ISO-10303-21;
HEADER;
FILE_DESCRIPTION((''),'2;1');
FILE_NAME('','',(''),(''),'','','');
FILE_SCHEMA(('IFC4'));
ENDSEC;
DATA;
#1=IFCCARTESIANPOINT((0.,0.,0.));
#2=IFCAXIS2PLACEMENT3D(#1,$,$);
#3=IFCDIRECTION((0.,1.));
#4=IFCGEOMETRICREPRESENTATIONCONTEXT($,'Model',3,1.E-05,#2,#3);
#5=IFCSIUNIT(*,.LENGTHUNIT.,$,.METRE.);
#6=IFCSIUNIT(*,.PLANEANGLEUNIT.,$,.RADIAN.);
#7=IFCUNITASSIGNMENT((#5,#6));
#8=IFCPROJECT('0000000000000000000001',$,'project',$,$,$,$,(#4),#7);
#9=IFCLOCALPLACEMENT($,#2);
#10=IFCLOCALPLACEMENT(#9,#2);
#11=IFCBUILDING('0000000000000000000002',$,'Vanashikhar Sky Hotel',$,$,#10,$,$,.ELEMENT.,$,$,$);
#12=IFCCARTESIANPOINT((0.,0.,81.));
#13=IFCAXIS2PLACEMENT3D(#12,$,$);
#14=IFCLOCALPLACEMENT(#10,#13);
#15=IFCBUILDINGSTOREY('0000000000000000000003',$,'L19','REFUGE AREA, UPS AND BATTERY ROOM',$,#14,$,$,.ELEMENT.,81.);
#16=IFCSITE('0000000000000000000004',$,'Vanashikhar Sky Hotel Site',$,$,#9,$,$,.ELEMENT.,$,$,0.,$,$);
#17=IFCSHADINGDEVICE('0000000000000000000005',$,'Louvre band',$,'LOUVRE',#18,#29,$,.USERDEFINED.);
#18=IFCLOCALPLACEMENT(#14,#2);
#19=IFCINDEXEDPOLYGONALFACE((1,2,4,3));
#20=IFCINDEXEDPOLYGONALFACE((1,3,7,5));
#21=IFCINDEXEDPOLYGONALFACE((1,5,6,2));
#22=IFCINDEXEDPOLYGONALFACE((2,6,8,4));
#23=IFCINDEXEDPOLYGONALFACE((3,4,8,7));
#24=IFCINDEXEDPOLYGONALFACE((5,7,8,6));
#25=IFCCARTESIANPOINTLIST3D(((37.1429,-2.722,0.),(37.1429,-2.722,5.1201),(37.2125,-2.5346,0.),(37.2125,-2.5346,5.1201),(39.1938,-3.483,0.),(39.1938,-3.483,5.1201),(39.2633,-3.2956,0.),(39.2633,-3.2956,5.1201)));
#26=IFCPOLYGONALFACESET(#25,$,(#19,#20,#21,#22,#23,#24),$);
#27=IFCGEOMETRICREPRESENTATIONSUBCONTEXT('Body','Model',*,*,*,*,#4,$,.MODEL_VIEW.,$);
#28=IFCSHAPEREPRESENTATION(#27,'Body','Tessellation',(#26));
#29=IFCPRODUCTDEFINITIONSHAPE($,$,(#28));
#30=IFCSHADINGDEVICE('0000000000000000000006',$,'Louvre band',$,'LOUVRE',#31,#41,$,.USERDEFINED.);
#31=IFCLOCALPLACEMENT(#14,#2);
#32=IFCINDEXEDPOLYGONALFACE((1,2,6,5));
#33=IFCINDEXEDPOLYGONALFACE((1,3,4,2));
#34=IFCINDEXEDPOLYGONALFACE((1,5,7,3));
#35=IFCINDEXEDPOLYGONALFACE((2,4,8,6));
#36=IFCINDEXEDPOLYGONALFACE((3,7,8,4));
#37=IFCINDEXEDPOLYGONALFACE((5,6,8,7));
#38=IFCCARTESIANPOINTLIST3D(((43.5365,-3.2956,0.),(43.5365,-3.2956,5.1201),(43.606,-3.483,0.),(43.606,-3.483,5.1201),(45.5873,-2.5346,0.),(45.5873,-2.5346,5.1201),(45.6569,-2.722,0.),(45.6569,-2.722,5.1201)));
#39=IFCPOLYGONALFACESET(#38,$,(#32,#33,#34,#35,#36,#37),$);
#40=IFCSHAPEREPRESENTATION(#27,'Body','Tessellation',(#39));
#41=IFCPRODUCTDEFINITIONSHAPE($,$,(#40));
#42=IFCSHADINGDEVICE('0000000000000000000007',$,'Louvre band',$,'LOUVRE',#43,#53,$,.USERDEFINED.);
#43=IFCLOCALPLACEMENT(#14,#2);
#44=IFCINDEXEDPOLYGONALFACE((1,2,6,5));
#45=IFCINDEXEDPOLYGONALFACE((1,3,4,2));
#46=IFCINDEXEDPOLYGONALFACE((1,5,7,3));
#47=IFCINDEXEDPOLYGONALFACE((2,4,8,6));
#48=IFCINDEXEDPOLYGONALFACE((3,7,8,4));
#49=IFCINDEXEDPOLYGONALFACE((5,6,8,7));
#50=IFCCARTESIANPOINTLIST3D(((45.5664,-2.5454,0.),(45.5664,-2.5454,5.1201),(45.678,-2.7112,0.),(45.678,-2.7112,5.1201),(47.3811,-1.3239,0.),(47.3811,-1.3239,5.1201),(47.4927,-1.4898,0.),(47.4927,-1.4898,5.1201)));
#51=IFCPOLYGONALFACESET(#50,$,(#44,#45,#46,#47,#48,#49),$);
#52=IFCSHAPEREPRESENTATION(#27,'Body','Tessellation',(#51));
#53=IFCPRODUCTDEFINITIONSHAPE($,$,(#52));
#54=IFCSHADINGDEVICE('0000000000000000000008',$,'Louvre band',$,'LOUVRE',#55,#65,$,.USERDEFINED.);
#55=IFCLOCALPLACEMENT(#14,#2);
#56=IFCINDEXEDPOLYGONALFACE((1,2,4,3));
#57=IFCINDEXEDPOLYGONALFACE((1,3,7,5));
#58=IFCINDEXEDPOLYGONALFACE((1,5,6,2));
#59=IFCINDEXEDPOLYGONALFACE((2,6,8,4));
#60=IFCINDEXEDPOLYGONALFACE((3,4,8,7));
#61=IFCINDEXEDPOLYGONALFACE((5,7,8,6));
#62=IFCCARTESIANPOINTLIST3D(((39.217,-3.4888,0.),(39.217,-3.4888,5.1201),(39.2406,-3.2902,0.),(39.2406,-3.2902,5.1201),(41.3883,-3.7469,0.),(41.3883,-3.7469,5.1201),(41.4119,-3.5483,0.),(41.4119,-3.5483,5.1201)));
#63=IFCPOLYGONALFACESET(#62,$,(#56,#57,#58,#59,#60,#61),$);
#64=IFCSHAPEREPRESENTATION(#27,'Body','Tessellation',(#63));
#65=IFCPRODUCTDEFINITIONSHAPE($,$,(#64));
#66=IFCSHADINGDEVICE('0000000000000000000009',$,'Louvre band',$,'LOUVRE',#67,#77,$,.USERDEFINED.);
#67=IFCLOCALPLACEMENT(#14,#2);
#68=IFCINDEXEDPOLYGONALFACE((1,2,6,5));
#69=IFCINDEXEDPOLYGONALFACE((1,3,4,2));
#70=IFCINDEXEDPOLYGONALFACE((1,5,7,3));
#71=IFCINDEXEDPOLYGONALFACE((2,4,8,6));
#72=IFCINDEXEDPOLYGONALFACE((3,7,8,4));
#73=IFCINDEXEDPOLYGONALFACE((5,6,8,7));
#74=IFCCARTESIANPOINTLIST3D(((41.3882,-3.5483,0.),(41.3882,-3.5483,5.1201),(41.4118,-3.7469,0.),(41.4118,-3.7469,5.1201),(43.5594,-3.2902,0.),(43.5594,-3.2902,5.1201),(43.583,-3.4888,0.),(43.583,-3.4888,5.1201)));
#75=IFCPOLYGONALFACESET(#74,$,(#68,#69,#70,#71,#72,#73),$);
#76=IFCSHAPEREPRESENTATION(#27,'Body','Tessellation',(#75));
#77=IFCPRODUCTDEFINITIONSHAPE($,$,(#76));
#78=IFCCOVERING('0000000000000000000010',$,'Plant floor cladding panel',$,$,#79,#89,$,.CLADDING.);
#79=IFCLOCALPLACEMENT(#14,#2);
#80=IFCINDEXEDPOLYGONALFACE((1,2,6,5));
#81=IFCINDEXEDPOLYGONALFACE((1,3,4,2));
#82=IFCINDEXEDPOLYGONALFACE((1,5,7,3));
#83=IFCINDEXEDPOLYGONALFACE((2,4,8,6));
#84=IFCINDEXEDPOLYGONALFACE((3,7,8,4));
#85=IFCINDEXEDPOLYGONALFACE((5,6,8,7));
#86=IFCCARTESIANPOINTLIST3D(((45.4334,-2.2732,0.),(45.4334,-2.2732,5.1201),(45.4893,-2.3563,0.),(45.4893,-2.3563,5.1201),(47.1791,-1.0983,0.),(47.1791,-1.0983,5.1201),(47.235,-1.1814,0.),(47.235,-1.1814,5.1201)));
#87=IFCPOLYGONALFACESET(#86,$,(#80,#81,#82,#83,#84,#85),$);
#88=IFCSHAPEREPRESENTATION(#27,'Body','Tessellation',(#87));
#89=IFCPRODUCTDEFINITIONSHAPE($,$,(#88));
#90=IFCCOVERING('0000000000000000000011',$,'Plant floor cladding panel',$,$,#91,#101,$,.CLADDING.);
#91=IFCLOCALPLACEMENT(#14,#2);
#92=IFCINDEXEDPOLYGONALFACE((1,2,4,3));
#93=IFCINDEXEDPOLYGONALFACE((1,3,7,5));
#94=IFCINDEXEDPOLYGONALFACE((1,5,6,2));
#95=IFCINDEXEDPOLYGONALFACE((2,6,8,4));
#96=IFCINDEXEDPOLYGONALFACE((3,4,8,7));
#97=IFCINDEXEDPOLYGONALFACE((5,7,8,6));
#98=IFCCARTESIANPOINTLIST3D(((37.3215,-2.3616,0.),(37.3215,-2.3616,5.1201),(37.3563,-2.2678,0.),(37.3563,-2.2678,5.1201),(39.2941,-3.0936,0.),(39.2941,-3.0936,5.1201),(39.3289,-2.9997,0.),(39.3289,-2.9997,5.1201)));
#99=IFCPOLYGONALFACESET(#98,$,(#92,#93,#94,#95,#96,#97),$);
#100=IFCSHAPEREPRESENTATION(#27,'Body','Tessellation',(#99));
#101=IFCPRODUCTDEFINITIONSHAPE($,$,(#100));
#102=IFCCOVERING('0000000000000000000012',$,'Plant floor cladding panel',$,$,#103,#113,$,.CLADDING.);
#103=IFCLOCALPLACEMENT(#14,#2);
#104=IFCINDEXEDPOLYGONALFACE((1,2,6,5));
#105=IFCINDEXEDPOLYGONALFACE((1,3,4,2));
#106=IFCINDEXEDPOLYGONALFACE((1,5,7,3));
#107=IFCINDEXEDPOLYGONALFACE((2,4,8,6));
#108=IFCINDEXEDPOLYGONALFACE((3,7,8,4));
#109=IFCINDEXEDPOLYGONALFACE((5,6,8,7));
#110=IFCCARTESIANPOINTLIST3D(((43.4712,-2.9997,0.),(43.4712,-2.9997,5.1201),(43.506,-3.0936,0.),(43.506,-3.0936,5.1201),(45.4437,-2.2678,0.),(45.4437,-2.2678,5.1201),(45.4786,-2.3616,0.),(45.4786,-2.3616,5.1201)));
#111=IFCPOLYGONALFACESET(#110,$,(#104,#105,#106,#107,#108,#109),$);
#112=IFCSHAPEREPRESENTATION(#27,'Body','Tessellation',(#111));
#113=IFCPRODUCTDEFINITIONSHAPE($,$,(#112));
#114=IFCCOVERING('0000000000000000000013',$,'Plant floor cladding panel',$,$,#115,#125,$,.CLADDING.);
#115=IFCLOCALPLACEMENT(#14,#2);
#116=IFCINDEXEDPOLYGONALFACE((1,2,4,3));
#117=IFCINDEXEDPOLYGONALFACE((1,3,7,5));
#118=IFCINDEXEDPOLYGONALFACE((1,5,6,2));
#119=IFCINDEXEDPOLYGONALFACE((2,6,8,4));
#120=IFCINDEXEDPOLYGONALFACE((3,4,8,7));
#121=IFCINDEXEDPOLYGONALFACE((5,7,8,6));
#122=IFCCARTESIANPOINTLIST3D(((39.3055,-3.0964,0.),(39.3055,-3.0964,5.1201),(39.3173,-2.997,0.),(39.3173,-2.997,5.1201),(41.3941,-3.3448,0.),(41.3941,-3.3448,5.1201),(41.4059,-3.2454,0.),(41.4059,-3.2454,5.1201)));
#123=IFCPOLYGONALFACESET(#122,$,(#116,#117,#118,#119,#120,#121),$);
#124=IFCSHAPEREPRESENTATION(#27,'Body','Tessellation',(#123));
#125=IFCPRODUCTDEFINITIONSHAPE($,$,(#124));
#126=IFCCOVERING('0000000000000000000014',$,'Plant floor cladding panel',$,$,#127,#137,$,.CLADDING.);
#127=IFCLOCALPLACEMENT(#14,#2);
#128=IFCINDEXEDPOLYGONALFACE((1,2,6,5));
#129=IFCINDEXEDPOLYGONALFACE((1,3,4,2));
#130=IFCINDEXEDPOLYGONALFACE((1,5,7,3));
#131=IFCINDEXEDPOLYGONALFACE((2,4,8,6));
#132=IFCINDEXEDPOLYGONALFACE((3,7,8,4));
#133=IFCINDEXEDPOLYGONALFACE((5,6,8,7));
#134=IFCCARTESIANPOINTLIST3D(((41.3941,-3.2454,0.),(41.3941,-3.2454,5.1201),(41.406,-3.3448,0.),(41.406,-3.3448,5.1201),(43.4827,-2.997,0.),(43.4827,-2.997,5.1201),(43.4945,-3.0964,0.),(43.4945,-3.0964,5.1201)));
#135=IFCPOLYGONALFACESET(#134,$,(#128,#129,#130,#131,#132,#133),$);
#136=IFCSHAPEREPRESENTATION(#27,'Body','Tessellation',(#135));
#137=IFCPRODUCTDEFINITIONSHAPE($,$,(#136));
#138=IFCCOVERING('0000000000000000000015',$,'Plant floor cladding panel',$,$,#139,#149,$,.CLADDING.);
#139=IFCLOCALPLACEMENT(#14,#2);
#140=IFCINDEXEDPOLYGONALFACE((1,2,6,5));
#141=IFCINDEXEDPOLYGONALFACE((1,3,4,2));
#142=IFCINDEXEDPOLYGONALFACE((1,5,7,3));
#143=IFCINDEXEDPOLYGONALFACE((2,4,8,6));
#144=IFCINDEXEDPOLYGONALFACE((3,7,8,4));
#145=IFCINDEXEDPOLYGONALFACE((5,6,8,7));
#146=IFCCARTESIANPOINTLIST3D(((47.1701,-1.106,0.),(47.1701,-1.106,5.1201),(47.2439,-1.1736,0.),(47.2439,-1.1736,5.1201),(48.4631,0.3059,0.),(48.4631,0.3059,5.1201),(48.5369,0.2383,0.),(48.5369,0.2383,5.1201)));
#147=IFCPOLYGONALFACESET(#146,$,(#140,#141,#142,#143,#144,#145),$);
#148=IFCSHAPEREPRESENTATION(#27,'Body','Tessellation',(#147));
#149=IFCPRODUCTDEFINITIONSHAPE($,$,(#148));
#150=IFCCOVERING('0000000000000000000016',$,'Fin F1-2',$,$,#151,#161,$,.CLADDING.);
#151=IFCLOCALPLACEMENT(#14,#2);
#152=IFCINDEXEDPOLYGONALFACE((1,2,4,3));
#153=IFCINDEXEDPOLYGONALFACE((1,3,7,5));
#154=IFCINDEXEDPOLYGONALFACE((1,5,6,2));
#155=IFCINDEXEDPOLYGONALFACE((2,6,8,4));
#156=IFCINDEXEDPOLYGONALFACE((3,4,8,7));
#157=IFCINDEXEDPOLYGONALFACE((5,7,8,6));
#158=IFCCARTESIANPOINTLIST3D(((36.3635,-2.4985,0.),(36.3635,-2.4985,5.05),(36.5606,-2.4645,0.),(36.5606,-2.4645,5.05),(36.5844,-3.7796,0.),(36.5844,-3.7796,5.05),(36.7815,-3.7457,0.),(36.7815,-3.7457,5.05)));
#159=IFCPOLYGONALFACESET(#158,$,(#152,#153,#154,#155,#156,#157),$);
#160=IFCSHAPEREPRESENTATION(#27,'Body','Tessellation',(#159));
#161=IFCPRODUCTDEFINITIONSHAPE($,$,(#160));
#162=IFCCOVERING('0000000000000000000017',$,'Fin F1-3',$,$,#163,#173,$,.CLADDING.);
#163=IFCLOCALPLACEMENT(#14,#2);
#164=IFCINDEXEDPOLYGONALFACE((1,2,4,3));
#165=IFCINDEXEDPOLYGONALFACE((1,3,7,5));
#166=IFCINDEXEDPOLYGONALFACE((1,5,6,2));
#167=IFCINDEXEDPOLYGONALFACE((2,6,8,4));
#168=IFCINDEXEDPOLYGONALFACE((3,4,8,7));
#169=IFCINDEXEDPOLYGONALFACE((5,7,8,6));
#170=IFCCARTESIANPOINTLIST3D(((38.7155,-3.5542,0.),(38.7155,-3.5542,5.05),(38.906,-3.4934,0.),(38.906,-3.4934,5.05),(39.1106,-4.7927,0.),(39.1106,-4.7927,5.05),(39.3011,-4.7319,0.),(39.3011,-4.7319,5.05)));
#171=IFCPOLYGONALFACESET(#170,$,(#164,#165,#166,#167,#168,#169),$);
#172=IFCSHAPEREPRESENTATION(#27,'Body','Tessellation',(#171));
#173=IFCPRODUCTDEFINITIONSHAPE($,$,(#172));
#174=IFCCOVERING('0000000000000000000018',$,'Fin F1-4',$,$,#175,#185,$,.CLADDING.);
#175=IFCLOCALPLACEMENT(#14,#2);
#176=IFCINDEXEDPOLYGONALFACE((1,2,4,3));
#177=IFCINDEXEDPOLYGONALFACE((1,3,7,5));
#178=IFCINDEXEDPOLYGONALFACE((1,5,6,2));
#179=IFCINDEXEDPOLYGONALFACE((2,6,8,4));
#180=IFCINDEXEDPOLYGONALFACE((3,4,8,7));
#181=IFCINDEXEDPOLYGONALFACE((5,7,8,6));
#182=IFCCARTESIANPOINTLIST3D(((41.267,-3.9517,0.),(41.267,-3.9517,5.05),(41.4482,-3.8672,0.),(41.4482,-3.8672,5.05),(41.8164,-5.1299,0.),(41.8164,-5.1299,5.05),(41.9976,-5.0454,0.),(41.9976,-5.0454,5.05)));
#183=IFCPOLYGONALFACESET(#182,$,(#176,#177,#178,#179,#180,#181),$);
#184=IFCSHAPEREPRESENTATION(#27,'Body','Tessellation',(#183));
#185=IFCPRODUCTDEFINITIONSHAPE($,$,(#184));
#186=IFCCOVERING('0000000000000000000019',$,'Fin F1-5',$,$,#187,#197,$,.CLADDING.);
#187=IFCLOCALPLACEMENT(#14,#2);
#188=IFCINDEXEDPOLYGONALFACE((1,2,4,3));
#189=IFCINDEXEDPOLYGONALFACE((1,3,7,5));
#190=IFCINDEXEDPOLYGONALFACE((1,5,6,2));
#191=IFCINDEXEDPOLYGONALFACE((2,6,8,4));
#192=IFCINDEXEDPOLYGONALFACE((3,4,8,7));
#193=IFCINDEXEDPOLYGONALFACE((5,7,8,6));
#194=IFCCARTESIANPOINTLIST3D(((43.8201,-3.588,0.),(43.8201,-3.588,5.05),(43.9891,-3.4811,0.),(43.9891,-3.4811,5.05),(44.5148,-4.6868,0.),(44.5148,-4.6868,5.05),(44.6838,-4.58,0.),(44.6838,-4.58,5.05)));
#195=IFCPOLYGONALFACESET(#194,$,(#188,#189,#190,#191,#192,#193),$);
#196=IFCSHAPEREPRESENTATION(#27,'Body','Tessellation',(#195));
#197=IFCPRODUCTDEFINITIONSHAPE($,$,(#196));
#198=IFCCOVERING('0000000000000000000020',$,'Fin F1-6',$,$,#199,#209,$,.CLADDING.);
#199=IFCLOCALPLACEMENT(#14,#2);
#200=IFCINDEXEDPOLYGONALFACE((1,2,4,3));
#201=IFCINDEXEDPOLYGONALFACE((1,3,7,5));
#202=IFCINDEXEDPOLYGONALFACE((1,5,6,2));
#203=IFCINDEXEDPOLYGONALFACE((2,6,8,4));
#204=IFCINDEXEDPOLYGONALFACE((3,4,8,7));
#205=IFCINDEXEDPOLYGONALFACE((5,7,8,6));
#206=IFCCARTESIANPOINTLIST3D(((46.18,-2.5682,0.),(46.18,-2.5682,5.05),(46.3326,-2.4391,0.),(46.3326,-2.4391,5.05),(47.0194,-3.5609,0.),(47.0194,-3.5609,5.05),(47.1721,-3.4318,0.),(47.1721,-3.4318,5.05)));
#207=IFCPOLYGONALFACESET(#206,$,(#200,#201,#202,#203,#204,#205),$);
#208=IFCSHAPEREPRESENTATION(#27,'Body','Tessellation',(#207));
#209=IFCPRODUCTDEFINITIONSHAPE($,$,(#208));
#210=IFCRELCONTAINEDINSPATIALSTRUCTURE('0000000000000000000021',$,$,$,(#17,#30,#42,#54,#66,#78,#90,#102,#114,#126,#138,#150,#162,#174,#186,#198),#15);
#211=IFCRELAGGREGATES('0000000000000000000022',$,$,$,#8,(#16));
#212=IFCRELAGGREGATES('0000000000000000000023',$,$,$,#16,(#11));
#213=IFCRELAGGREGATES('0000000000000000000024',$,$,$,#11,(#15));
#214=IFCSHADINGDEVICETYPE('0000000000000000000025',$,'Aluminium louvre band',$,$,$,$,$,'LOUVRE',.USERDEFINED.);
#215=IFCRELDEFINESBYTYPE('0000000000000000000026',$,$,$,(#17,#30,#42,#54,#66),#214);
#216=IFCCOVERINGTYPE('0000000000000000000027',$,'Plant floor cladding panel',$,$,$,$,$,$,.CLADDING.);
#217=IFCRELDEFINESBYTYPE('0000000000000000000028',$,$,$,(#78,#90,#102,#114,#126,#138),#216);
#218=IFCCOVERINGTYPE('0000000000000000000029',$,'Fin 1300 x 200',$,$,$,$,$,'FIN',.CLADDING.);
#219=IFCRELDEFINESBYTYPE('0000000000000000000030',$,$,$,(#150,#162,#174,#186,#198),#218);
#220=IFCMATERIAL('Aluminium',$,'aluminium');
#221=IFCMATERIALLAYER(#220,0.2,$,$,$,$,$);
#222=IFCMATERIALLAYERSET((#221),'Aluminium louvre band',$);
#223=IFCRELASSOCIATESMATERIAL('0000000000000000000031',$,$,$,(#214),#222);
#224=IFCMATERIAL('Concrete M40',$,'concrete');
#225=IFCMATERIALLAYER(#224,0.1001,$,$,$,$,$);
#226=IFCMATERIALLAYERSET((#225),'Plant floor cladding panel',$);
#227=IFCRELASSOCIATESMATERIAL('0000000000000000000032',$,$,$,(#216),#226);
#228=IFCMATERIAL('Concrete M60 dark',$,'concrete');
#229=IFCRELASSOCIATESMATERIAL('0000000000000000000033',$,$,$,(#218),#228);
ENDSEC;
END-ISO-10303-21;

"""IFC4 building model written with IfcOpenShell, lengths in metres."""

from ifc_helpers import new_model, si_unit, direction, frame, origin, origin_2d, place, context, subcontext, project, spatial, rectangle, extrude, source, transform, mapped, material, layer, layer_set, material_profile, profile_set, type_object, element, save


model = new_model("IFC4")

# Units and contexts
model_context = context("Model", 3, precision=1e-05, world=origin(), true_north=direction((0.0, 1.0)))
body_context = subcontext(model_context, "Body", "Model", "MODEL_VIEW")
ifc_project = project(units=[si_unit("LENGTHUNIT", "METRE"), si_unit("PLANEANGLEUNIT", "RADIAN")], contexts=[model_context])

# Site, building, storey
site_placement = place(None, origin())
site = spatial("IfcSite", under=ifc_project, at=site_placement, Name="Vanashikhar Sky Hotel Site", CompositionType="ELEMENT", RefElevation=0.0)
building_placement = place(site_placement, origin())
building = spatial("IfcBuilding", under=site, at=building_placement, Name="Vanashikhar Sky Hotel", CompositionType="ELEMENT")
storey_placement = place(building_placement, frame((0.0, 0.0, 81.0)))
storey = spatial("IfcBuildingStorey", under=building, at=storey_placement, Name="L19", Description="REFUGE AREA, UPS AND BATTERY ROOM", CompositionType="ELEMENT", Elevation=81.0)

# Shading devices
ifc_material_1 = material(Name="Aluminium", Category="aluminium")
ifc_layer_1 = layer(ifc_material_1, 0.2)
ifc_layer_set_1 = layer_set([ifc_layer_1], Name="Aluminium louvre band")
shading_device_type = type_object("IfcShadingDeviceType", Name="Aluminium louvre band", ElementType="LOUVRE", PredefinedType="USERDEFINED", material=ifc_layer_set_1)
shared_shape_1 = source(origin(), body_context, "Body", "SweptSolid", [
    extrude(rectangle(XDim=2.1875, YDim=0.2, at=origin_2d()), origin(), (0.0, 0.0, 1.0), 5.1201),
])
for number, where, z_axis, x_axis, name in (
    (1, (38.2031, -3.0088, 0.0), (0.0, 0.0, 1.0), (0.937537, -0.347885, 0.0), "Louvre band"),
    (2, (44.5967, -3.0088, 0.0), (0.0, 0.0, 1.0), (0.937537, 0.347885, 0.0), "Louvre band"),
    (3, (46.5295, -2.0176, 0.0), (0.0, 0.0, 1.0), (0.829584, 0.558382, 0.0), "Louvre band"),
):
    element("IfcShadingDevice", number, at=place(storey_placement, frame(where, z_axis=z_axis, x_axis=x_axis)), inside=storey, type_object=shading_device_type, Name=name, ObjectType="LOUVRE", PredefinedType="USERDEFINED", context=body_context, shape_type="MappedRepresentation", body=[
        mapped(shared_shape_1, transform((0.0, 0.0, 0.0), scale=1.0)),
    ])
shared_shape_2 = source(origin(), body_context, "Body", "SweptSolid", [
    extrude(rectangle(XDim=2.1865, YDim=0.2, at=origin_2d()), origin(), (0.0, 0.0, 1.0), 5.1201),
])
for number, where, z_axis, x_axis, name in (
    (4, (40.3145, -3.5186, 0.0), (0.0, 0.0, 1.0), (0.993009, -0.11804, 0.0), "Louvre band"),
    (5, (42.4856, -3.5186, 0.0), (0.0, 0.0, 1.0), (0.993009, 0.11804, 0.0), "Louvre band"),
):
    element("IfcShadingDevice", number, at=place(storey_placement, frame(where, z_axis=z_axis, x_axis=x_axis)), inside=storey, type_object=shading_device_type, Name=name, ObjectType="LOUVRE", PredefinedType="USERDEFINED", context=body_context, shape_type="MappedRepresentation", body=[
        mapped(shared_shape_2, transform((0.0, 0.0, 0.0), scale=1.0)),
    ])

# Coverings
ifc_material_2 = material(Name="Concrete M40", Category="concrete")
ifc_layer_2 = layer(ifc_material_2, 0.1001)
ifc_layer_set_2 = layer_set([ifc_layer_2], Name="Plant floor cladding panel")
covering_type_1 = type_object("IfcCoveringType", Name="Plant floor cladding panel", PredefinedType="CLADDING", material=ifc_layer_set_2)
shared_shape_3 = source(origin(), body_context, "Body", "SweptSolid", [
    extrude(rectangle(XDim=2.1042, YDim=0.1001, at=origin_2d()), origin(), (0.0, 0.0, 1.0), 5.1201),
])
covering_1_placement = place(storey_placement, frame((46.3342, -1.7273, 0.0), z_axis=(0.0, 0.0, 1.0), x_axis=(0.829603, 0.558353, 0.0)))
element("IfcCovering", 6, at=covering_1_placement, inside=storey, type_object=covering_type_1, Name="Plant floor cladding panel", PredefinedType="CLADDING", context=body_context, shape_type="MappedRepresentation", body=[
    mapped(shared_shape_3, transform((0.0, 0.0, 0.0), scale=1.0)),
])
shared_shape_4 = source(origin(), body_context, "Body", "SweptSolid", [
    extrude(rectangle(XDim=2.104, YDim=0.1001, at=origin_2d()), origin(), (0.0, 0.0, 1.0), 5.1201),
])
for number, where, z_axis, x_axis, name in (
    (7, (38.3252, -2.6807, 0.0), (0.0, 0.0, 1.0), (0.937537, -0.347885, 0.0), "Plant floor cladding panel"),
    (8, (44.4749, -2.6807, 0.0), (0.0, 0.0, 1.0), (0.937537, 0.347885, 0.0), "Plant floor cladding panel"),
):
    element("IfcCovering", number, at=place(storey_placement, frame(where, z_axis=z_axis, x_axis=x_axis)), inside=storey, type_object=covering_type_1, Name=name, PredefinedType="CLADDING", context=body_context, shape_type="MappedRepresentation", body=[
        mapped(shared_shape_4, transform((0.0, 0.0, 0.0), scale=1.0)),
    ])
shared_shape_5 = source(origin(), body_context, "Body", "SweptSolid", [
    extrude(rectangle(XDim=2.1033, YDim=0.1001, at=origin_2d()), origin(), (0.0, 0.0, 1.0), 5.1201),
])
for number, where, z_axis, x_axis, name in (
    (9, (40.3557, -3.1709, 0.0), (0.0, 0.0, 1.0), (0.993003, -0.118092, 0.0), "Plant floor cladding panel"),
    (10, (42.4443, -3.1709, 0.0), (0.0, 0.0, 1.0), (0.993003, 0.118092, 0.0), "Plant floor cladding panel"),
):
    element("IfcCovering", number, at=place(storey_placement, frame(where, z_axis=z_axis, x_axis=x_axis)), inside=storey, type_object=covering_type_1, Name=name, PredefinedType="CLADDING", context=body_context, shape_type="MappedRepresentation", body=[
        mapped(shared_shape_5, transform((0.0, 0.0, 0.0), scale=1.0)),
    ])
shared_shape_6 = source(origin(), body_context, "Body", "SweptSolid", [
    extrude(rectangle(XDim=1.9146, YDim=0.1001, at=origin_2d()), origin(), (0.0, 0.0, 1.0), 5.1201),
])
covering_2_placement = place(storey_placement, frame((47.8535, -0.4338, 0.0), z_axis=(0.0, 0.0, 1.0), x_axis=(0.675371, 0.737478, 0.0)))
element("IfcCovering", 11, at=covering_2_placement, inside=storey, type_object=covering_type_1, Name="Plant floor cladding panel", PredefinedType="CLADDING", context=body_context, shape_type="MappedRepresentation", body=[
    mapped(shared_shape_6, transform((0.0, 0.0, 0.0), scale=1.0)),
])
ifc_material_3 = material(Name="Concrete M60 dark", Category="concrete")
ifc_material_profile_1 = material_profile(ifc_material_3, rectangle(XDim=1.3, YDim=0.2, at=origin_2d()))
ifc_profile_set_1 = profile_set([ifc_material_profile_1], Name="Fin 1300 x 200")
covering_type_2 = type_object("IfcCoveringType", Name="Fin 1300 x 200", ElementType="FIN", PredefinedType="CLADDING", material=ifc_profile_set_1)
shared_shape_7 = source(origin(), body_context, "Body", "SweptSolid", [
    extrude(rectangle(XDim=1.3, YDim=0.2, at=origin_2d()), origin(), (0.0, 0.0, 1.0), 5.05),
])
for number, where, z_axis, x_axis, name in (
    (12, (36.5725, -3.1221, 0.0), (0.0, 0.0, 1.0), (0.1699, -0.985461, 0.0), "Fin F1-2"),
    (13, (39.0083, -4.1431, 0.0), (0.0, 0.0, 1.0), (0.303967, -0.952683, 0.0), "Fin F1-3"),
    (14, (41.6323, -4.4985, 0.0), (0.0, 0.0, 1.0), (0.422618, -0.906308, 0.0), "Fin F1-4"),
    (15, (44.252, -4.084, 0.0), (0.0, 0.0, 1.0), (0.534411, -0.845225, 0.0), "Fin F1-5"),
    (16, (46.676, -3.0, 0.0), (0.0, 0.0, 1.0), (0.645698, -0.763593, 0.0), "Fin F1-6"),
):
    element("IfcCovering", number, at=place(storey_placement, frame(where, z_axis=z_axis, x_axis=x_axis)), inside=storey, type_object=covering_type_2, Name=name, PredefinedType="CLADDING", context=body_context, shape_type="MappedRepresentation", body=[
        mapped(shared_shape_7, transform((0.0, 0.0, 0.0), scale=1.0)),
    ])

save(model, "model.ifc")
